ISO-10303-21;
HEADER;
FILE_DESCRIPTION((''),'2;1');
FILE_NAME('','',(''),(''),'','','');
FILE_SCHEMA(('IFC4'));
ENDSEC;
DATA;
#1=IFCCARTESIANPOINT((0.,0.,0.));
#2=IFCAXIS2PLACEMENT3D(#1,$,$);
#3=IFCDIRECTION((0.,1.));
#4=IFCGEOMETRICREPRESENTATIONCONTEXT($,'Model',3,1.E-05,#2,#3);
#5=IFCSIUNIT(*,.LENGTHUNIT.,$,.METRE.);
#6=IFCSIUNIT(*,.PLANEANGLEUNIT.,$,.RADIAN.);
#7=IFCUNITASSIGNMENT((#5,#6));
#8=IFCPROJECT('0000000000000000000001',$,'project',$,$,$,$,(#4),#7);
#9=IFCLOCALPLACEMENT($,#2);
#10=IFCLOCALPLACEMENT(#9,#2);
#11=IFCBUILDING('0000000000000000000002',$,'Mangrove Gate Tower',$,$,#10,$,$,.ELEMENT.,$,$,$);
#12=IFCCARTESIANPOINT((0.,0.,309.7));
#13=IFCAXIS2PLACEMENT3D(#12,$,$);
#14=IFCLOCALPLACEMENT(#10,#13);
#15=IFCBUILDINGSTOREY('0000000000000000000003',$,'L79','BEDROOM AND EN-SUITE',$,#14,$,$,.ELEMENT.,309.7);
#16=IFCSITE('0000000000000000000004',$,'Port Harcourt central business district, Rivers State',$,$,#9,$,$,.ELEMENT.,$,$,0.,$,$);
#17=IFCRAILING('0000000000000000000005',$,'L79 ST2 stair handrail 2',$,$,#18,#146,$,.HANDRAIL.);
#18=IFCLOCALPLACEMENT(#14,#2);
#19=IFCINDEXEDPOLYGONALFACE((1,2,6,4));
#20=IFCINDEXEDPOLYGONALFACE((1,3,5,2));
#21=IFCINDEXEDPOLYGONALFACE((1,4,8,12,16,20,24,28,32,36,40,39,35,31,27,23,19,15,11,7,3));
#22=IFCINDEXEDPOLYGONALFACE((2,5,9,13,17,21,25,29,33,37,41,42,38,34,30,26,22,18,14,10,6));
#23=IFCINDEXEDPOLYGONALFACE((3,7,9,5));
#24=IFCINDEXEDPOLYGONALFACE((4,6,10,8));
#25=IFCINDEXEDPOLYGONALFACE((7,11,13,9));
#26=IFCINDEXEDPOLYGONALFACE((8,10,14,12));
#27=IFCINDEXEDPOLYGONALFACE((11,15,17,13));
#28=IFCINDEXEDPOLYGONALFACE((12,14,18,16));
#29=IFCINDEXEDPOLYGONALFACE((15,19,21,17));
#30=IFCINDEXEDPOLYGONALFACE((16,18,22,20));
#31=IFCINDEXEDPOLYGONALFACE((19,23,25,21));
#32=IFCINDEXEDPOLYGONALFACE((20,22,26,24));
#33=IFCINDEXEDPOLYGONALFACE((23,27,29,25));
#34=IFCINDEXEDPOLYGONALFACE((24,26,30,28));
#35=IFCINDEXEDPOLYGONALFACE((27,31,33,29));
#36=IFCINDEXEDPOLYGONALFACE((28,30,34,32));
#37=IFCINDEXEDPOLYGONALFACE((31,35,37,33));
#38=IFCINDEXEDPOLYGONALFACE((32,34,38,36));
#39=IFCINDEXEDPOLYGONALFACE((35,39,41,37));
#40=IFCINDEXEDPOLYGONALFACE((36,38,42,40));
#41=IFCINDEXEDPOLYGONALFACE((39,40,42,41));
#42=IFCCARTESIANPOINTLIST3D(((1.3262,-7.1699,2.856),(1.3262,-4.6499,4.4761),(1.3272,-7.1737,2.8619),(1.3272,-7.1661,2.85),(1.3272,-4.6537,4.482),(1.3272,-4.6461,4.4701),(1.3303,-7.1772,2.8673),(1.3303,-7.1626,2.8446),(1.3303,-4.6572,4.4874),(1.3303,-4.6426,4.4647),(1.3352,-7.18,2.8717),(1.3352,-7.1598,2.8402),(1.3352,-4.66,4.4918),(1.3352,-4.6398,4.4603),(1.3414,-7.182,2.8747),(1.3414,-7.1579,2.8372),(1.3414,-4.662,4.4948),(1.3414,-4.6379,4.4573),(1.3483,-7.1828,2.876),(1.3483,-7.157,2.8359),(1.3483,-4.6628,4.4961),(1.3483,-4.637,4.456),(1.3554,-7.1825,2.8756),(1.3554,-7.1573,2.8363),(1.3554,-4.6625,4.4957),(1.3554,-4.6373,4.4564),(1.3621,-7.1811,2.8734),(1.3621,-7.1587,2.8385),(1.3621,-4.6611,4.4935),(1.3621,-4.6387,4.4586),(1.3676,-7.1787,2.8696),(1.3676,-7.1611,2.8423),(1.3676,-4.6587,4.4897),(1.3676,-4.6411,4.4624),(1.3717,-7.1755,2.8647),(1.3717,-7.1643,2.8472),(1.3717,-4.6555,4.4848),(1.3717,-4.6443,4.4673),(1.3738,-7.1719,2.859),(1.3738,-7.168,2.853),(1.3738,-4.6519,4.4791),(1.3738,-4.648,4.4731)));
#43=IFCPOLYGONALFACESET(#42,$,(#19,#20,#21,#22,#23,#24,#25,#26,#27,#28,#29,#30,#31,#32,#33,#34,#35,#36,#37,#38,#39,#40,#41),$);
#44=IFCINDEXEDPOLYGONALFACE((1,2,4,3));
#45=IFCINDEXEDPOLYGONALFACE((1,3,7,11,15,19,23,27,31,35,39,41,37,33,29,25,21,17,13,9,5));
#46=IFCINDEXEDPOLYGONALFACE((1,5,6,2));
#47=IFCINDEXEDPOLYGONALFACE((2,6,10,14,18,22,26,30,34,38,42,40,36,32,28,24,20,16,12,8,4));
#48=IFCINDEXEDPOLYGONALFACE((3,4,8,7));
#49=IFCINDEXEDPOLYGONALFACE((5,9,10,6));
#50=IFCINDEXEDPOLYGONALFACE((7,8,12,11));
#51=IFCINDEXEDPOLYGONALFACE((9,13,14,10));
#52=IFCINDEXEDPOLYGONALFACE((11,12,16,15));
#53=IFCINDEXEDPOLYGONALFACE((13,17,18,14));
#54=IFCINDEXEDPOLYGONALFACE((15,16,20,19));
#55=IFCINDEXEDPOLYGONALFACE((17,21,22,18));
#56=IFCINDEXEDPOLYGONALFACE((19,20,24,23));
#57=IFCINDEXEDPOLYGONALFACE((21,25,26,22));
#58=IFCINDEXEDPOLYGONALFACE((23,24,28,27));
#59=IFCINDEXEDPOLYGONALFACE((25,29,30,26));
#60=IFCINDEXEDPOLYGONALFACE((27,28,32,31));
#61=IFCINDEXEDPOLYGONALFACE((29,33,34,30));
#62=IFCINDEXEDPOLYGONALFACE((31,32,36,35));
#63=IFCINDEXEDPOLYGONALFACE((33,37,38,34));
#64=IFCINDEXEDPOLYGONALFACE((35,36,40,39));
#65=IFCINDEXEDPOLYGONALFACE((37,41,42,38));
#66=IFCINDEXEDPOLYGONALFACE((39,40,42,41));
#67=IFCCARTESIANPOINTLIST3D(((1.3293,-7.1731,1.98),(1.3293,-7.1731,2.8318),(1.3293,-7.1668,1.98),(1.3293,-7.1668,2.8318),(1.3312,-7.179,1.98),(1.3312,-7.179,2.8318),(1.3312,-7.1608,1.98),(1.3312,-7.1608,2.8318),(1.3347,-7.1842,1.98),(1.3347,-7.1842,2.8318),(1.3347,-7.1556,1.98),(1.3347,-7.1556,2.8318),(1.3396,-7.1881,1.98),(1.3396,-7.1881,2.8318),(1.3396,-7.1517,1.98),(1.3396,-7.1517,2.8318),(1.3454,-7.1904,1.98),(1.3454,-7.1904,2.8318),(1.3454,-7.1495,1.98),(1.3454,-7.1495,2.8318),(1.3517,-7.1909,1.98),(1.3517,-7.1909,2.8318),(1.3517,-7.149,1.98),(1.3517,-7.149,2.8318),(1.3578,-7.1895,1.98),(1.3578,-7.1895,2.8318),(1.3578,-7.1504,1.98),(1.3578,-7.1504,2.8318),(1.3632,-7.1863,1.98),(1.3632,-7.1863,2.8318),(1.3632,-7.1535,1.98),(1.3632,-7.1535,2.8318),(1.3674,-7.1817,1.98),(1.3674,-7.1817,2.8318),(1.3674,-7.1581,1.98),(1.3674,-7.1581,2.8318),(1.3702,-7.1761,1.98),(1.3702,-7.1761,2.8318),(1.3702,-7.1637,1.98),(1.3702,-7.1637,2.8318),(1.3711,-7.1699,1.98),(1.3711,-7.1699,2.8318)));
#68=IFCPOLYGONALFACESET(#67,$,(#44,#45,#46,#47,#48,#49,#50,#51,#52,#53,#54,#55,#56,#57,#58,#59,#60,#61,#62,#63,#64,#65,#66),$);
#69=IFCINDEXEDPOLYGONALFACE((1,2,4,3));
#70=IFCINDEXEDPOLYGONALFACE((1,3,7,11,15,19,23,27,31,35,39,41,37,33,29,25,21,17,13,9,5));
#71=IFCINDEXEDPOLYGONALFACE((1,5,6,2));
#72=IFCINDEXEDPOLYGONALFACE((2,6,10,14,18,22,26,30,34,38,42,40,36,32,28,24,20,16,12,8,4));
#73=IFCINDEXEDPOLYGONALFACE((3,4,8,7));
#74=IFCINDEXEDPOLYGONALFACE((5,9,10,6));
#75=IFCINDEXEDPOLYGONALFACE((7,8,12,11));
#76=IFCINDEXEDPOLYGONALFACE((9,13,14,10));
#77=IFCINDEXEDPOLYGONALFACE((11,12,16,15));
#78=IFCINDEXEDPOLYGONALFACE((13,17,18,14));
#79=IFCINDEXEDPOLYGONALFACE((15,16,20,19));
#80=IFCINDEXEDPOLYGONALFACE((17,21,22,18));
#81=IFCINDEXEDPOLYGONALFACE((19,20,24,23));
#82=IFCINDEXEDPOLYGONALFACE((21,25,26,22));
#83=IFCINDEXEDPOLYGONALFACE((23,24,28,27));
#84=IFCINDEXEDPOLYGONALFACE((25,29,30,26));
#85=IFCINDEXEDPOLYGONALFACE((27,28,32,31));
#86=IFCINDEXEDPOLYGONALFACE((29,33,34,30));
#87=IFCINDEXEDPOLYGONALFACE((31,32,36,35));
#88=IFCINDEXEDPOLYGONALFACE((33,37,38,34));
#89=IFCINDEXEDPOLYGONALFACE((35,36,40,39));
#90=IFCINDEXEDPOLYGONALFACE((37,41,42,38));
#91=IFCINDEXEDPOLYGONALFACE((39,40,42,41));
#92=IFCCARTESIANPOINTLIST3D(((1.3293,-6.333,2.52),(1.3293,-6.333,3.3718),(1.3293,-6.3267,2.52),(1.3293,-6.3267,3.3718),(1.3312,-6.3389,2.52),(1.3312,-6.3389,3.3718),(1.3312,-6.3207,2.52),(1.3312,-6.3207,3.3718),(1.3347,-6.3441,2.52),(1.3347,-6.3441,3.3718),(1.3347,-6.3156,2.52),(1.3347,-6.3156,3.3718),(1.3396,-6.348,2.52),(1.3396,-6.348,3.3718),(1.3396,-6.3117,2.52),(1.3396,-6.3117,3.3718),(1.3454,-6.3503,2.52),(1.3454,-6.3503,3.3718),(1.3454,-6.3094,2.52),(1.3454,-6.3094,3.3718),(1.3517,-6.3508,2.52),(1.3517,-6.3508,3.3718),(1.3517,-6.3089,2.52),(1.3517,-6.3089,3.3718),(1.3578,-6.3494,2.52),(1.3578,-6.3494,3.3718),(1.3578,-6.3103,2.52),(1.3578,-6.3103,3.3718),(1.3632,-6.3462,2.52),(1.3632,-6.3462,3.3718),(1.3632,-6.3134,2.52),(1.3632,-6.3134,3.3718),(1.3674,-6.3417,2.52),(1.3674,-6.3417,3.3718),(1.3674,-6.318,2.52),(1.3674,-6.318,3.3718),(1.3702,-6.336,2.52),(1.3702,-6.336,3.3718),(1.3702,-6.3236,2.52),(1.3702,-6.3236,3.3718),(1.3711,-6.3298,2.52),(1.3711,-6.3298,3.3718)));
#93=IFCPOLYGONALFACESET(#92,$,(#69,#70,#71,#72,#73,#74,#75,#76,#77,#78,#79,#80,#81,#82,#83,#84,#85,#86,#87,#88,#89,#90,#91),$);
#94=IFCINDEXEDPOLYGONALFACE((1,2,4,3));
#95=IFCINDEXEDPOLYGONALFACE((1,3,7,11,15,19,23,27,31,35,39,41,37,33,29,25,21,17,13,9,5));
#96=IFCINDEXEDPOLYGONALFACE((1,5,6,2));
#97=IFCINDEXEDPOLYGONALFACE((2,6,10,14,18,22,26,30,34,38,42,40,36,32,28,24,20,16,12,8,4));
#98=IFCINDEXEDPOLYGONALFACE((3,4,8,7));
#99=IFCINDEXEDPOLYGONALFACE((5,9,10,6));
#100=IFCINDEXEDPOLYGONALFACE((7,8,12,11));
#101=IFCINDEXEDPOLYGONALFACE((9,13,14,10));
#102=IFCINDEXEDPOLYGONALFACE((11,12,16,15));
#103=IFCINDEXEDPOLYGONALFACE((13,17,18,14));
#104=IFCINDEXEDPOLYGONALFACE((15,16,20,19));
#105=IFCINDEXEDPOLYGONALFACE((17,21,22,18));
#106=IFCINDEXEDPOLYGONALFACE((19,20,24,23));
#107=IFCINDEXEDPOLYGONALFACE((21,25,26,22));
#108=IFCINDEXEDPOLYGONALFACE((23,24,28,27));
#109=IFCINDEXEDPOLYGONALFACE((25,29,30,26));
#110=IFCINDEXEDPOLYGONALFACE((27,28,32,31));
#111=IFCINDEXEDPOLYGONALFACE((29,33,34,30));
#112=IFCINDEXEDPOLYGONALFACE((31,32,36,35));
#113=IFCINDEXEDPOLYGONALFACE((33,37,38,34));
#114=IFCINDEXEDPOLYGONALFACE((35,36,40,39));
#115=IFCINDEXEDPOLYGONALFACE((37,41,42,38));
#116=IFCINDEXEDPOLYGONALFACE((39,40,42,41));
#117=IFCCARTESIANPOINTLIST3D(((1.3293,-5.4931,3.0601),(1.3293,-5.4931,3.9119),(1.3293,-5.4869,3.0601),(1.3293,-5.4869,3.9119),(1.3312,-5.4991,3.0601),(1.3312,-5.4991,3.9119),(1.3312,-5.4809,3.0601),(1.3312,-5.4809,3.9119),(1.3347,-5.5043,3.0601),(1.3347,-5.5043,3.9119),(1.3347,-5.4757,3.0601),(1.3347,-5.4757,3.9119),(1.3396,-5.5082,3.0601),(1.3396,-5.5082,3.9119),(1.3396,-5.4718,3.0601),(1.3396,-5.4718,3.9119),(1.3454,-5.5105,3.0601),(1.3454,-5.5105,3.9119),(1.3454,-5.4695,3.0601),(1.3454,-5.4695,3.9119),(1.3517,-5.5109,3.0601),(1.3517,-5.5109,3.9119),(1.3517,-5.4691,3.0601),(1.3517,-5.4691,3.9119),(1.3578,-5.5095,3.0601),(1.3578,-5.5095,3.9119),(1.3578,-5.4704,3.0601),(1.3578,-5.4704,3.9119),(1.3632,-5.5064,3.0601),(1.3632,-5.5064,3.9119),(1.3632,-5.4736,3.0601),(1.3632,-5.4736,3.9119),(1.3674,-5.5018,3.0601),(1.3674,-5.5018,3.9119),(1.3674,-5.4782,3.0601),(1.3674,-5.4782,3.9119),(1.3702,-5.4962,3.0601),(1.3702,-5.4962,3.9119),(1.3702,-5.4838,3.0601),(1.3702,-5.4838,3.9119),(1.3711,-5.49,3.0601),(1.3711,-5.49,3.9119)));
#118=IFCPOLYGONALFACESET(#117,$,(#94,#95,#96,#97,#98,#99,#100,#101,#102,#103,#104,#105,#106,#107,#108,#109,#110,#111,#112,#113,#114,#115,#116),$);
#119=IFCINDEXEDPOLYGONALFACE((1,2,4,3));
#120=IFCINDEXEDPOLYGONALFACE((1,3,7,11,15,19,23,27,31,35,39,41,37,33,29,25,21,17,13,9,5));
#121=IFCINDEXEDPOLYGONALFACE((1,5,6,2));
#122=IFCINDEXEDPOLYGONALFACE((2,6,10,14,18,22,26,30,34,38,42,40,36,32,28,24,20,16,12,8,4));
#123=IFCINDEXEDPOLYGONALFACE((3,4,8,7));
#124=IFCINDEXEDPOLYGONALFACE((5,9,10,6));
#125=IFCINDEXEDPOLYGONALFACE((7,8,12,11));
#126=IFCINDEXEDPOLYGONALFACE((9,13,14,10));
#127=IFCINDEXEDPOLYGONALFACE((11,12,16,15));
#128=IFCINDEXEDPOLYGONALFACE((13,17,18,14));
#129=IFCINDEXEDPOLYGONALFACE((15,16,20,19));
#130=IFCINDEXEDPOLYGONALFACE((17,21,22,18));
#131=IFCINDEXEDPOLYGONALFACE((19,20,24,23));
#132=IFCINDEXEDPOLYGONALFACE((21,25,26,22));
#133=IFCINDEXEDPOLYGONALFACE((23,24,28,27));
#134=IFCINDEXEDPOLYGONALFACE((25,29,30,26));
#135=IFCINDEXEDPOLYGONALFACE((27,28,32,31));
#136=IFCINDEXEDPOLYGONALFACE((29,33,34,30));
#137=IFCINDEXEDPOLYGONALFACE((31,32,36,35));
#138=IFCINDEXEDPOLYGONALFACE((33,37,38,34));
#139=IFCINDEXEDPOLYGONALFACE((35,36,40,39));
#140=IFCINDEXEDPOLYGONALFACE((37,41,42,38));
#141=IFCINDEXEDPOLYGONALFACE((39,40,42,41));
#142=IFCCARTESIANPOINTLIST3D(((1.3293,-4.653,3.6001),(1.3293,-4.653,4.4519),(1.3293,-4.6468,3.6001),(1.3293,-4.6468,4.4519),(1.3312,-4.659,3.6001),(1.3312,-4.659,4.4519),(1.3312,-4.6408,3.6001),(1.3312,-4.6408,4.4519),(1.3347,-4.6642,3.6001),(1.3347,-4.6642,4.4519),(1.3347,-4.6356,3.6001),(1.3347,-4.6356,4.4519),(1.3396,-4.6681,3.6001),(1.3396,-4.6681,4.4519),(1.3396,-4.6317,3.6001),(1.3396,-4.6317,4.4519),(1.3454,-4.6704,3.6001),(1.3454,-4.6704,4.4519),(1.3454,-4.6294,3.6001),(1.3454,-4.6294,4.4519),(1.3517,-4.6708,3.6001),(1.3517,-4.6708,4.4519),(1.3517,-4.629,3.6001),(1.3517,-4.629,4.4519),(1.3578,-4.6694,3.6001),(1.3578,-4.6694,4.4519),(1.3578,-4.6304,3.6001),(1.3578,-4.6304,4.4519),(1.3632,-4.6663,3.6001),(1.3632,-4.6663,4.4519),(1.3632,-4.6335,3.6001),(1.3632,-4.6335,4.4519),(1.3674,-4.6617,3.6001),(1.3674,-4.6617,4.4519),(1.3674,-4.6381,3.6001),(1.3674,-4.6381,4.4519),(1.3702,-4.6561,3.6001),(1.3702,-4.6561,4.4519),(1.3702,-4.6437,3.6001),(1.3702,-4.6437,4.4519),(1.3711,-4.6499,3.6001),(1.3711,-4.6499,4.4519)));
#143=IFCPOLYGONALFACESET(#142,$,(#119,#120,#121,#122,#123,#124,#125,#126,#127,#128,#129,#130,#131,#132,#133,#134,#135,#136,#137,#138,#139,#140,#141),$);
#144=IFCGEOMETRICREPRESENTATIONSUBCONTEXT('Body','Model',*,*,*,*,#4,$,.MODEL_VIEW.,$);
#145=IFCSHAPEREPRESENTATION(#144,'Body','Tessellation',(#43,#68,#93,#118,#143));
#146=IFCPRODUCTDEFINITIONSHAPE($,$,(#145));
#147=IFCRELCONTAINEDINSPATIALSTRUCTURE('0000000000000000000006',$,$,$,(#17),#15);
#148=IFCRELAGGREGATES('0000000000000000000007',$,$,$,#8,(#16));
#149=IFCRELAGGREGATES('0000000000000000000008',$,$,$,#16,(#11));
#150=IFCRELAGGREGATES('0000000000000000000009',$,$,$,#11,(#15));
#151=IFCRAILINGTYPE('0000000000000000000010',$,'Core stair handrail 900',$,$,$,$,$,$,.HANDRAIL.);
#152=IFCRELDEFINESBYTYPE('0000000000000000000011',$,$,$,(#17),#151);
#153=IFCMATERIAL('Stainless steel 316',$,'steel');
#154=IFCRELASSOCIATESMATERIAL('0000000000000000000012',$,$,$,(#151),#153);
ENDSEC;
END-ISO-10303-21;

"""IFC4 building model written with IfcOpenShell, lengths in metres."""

from ifc_helpers import new_model, si_unit, direction, frame, origin, origin_2d, place, context, subcontext, project, spatial, circle, extrude, material, type_object, element, save


model = new_model("IFC4")

# Units and contexts
model_context = context("Model", 3, precision=1e-05, world=origin(), true_north=direction((0.0, 1.0)))
body_context = subcontext(model_context, "Body", "Model", "MODEL_VIEW")
ifc_project = project(units=[si_unit("LENGTHUNIT", "METRE"), si_unit("PLANEANGLEUNIT", "RADIAN")], contexts=[model_context])

# Site, building, storey
site_placement = place(None, origin())
site = spatial("IfcSite", under=ifc_project, at=site_placement, Name="Port Harcourt central business district, Rivers State", CompositionType="ELEMENT", RefElevation=0.0)
building_placement = place(site_placement, origin())
building = spatial("IfcBuilding", under=site, at=building_placement, Name="Mangrove Gate Tower", CompositionType="ELEMENT")
storey_placement = place(building_placement, frame((0.0, 0.0, 309.7)))
storey = spatial("IfcBuildingStorey", under=building, at=storey_placement, Name="L79", Description="BEDROOM AND EN-SUITE", CompositionType="ELEMENT", Elevation=309.7)

# Railing
ifc_material_1 = material(Name="Stainless steel 316", Category="steel")
railing_type_1 = type_object("IfcRailingType", Name="Core stair handrail 900", PredefinedType="HANDRAIL", material=ifc_material_1)
railing_1_placement = place(storey_placement, frame((1.3501, -7.1699, 1.98)))
element("IfcRailing", 1, at=railing_1_placement, inside=storey, type_object=railing_type_1, Name="L79 ST2 stair handrail 2", PredefinedType="HANDRAIL", context=body_context, shape_type="SweptSolid", body=[
    extrude(circle(Radius=0.0239, at=origin_2d()), frame((0.0, 0.0, 0.876), z_axis=(0.0, 0.841163, 0.540782), x_axis=(-1.0, 0.0, 0.0)), (0.0, 0.0, 1.0), 2.9958),
    extrude(circle(Radius=0.021, at=origin_2d()), origin(), (0.0, 0.0, 1.0), 0.8518),
    extrude(circle(Radius=0.021, at=origin_2d()), frame((0.0, 0.8401, 0.54)), (0.0, 0.0, 1.0), 0.8518),
    extrude(circle(Radius=0.021, at=origin_2d()), frame((0.0, 1.6799, 1.0801)), (0.0, 0.0, 1.0), 0.8518),
    extrude(circle(Radius=0.021, at=origin_2d()), frame((0.0, 2.52, 1.6201)), (0.0, 0.0, 1.0), 0.8518),
])

save(model, "model.ifc")
